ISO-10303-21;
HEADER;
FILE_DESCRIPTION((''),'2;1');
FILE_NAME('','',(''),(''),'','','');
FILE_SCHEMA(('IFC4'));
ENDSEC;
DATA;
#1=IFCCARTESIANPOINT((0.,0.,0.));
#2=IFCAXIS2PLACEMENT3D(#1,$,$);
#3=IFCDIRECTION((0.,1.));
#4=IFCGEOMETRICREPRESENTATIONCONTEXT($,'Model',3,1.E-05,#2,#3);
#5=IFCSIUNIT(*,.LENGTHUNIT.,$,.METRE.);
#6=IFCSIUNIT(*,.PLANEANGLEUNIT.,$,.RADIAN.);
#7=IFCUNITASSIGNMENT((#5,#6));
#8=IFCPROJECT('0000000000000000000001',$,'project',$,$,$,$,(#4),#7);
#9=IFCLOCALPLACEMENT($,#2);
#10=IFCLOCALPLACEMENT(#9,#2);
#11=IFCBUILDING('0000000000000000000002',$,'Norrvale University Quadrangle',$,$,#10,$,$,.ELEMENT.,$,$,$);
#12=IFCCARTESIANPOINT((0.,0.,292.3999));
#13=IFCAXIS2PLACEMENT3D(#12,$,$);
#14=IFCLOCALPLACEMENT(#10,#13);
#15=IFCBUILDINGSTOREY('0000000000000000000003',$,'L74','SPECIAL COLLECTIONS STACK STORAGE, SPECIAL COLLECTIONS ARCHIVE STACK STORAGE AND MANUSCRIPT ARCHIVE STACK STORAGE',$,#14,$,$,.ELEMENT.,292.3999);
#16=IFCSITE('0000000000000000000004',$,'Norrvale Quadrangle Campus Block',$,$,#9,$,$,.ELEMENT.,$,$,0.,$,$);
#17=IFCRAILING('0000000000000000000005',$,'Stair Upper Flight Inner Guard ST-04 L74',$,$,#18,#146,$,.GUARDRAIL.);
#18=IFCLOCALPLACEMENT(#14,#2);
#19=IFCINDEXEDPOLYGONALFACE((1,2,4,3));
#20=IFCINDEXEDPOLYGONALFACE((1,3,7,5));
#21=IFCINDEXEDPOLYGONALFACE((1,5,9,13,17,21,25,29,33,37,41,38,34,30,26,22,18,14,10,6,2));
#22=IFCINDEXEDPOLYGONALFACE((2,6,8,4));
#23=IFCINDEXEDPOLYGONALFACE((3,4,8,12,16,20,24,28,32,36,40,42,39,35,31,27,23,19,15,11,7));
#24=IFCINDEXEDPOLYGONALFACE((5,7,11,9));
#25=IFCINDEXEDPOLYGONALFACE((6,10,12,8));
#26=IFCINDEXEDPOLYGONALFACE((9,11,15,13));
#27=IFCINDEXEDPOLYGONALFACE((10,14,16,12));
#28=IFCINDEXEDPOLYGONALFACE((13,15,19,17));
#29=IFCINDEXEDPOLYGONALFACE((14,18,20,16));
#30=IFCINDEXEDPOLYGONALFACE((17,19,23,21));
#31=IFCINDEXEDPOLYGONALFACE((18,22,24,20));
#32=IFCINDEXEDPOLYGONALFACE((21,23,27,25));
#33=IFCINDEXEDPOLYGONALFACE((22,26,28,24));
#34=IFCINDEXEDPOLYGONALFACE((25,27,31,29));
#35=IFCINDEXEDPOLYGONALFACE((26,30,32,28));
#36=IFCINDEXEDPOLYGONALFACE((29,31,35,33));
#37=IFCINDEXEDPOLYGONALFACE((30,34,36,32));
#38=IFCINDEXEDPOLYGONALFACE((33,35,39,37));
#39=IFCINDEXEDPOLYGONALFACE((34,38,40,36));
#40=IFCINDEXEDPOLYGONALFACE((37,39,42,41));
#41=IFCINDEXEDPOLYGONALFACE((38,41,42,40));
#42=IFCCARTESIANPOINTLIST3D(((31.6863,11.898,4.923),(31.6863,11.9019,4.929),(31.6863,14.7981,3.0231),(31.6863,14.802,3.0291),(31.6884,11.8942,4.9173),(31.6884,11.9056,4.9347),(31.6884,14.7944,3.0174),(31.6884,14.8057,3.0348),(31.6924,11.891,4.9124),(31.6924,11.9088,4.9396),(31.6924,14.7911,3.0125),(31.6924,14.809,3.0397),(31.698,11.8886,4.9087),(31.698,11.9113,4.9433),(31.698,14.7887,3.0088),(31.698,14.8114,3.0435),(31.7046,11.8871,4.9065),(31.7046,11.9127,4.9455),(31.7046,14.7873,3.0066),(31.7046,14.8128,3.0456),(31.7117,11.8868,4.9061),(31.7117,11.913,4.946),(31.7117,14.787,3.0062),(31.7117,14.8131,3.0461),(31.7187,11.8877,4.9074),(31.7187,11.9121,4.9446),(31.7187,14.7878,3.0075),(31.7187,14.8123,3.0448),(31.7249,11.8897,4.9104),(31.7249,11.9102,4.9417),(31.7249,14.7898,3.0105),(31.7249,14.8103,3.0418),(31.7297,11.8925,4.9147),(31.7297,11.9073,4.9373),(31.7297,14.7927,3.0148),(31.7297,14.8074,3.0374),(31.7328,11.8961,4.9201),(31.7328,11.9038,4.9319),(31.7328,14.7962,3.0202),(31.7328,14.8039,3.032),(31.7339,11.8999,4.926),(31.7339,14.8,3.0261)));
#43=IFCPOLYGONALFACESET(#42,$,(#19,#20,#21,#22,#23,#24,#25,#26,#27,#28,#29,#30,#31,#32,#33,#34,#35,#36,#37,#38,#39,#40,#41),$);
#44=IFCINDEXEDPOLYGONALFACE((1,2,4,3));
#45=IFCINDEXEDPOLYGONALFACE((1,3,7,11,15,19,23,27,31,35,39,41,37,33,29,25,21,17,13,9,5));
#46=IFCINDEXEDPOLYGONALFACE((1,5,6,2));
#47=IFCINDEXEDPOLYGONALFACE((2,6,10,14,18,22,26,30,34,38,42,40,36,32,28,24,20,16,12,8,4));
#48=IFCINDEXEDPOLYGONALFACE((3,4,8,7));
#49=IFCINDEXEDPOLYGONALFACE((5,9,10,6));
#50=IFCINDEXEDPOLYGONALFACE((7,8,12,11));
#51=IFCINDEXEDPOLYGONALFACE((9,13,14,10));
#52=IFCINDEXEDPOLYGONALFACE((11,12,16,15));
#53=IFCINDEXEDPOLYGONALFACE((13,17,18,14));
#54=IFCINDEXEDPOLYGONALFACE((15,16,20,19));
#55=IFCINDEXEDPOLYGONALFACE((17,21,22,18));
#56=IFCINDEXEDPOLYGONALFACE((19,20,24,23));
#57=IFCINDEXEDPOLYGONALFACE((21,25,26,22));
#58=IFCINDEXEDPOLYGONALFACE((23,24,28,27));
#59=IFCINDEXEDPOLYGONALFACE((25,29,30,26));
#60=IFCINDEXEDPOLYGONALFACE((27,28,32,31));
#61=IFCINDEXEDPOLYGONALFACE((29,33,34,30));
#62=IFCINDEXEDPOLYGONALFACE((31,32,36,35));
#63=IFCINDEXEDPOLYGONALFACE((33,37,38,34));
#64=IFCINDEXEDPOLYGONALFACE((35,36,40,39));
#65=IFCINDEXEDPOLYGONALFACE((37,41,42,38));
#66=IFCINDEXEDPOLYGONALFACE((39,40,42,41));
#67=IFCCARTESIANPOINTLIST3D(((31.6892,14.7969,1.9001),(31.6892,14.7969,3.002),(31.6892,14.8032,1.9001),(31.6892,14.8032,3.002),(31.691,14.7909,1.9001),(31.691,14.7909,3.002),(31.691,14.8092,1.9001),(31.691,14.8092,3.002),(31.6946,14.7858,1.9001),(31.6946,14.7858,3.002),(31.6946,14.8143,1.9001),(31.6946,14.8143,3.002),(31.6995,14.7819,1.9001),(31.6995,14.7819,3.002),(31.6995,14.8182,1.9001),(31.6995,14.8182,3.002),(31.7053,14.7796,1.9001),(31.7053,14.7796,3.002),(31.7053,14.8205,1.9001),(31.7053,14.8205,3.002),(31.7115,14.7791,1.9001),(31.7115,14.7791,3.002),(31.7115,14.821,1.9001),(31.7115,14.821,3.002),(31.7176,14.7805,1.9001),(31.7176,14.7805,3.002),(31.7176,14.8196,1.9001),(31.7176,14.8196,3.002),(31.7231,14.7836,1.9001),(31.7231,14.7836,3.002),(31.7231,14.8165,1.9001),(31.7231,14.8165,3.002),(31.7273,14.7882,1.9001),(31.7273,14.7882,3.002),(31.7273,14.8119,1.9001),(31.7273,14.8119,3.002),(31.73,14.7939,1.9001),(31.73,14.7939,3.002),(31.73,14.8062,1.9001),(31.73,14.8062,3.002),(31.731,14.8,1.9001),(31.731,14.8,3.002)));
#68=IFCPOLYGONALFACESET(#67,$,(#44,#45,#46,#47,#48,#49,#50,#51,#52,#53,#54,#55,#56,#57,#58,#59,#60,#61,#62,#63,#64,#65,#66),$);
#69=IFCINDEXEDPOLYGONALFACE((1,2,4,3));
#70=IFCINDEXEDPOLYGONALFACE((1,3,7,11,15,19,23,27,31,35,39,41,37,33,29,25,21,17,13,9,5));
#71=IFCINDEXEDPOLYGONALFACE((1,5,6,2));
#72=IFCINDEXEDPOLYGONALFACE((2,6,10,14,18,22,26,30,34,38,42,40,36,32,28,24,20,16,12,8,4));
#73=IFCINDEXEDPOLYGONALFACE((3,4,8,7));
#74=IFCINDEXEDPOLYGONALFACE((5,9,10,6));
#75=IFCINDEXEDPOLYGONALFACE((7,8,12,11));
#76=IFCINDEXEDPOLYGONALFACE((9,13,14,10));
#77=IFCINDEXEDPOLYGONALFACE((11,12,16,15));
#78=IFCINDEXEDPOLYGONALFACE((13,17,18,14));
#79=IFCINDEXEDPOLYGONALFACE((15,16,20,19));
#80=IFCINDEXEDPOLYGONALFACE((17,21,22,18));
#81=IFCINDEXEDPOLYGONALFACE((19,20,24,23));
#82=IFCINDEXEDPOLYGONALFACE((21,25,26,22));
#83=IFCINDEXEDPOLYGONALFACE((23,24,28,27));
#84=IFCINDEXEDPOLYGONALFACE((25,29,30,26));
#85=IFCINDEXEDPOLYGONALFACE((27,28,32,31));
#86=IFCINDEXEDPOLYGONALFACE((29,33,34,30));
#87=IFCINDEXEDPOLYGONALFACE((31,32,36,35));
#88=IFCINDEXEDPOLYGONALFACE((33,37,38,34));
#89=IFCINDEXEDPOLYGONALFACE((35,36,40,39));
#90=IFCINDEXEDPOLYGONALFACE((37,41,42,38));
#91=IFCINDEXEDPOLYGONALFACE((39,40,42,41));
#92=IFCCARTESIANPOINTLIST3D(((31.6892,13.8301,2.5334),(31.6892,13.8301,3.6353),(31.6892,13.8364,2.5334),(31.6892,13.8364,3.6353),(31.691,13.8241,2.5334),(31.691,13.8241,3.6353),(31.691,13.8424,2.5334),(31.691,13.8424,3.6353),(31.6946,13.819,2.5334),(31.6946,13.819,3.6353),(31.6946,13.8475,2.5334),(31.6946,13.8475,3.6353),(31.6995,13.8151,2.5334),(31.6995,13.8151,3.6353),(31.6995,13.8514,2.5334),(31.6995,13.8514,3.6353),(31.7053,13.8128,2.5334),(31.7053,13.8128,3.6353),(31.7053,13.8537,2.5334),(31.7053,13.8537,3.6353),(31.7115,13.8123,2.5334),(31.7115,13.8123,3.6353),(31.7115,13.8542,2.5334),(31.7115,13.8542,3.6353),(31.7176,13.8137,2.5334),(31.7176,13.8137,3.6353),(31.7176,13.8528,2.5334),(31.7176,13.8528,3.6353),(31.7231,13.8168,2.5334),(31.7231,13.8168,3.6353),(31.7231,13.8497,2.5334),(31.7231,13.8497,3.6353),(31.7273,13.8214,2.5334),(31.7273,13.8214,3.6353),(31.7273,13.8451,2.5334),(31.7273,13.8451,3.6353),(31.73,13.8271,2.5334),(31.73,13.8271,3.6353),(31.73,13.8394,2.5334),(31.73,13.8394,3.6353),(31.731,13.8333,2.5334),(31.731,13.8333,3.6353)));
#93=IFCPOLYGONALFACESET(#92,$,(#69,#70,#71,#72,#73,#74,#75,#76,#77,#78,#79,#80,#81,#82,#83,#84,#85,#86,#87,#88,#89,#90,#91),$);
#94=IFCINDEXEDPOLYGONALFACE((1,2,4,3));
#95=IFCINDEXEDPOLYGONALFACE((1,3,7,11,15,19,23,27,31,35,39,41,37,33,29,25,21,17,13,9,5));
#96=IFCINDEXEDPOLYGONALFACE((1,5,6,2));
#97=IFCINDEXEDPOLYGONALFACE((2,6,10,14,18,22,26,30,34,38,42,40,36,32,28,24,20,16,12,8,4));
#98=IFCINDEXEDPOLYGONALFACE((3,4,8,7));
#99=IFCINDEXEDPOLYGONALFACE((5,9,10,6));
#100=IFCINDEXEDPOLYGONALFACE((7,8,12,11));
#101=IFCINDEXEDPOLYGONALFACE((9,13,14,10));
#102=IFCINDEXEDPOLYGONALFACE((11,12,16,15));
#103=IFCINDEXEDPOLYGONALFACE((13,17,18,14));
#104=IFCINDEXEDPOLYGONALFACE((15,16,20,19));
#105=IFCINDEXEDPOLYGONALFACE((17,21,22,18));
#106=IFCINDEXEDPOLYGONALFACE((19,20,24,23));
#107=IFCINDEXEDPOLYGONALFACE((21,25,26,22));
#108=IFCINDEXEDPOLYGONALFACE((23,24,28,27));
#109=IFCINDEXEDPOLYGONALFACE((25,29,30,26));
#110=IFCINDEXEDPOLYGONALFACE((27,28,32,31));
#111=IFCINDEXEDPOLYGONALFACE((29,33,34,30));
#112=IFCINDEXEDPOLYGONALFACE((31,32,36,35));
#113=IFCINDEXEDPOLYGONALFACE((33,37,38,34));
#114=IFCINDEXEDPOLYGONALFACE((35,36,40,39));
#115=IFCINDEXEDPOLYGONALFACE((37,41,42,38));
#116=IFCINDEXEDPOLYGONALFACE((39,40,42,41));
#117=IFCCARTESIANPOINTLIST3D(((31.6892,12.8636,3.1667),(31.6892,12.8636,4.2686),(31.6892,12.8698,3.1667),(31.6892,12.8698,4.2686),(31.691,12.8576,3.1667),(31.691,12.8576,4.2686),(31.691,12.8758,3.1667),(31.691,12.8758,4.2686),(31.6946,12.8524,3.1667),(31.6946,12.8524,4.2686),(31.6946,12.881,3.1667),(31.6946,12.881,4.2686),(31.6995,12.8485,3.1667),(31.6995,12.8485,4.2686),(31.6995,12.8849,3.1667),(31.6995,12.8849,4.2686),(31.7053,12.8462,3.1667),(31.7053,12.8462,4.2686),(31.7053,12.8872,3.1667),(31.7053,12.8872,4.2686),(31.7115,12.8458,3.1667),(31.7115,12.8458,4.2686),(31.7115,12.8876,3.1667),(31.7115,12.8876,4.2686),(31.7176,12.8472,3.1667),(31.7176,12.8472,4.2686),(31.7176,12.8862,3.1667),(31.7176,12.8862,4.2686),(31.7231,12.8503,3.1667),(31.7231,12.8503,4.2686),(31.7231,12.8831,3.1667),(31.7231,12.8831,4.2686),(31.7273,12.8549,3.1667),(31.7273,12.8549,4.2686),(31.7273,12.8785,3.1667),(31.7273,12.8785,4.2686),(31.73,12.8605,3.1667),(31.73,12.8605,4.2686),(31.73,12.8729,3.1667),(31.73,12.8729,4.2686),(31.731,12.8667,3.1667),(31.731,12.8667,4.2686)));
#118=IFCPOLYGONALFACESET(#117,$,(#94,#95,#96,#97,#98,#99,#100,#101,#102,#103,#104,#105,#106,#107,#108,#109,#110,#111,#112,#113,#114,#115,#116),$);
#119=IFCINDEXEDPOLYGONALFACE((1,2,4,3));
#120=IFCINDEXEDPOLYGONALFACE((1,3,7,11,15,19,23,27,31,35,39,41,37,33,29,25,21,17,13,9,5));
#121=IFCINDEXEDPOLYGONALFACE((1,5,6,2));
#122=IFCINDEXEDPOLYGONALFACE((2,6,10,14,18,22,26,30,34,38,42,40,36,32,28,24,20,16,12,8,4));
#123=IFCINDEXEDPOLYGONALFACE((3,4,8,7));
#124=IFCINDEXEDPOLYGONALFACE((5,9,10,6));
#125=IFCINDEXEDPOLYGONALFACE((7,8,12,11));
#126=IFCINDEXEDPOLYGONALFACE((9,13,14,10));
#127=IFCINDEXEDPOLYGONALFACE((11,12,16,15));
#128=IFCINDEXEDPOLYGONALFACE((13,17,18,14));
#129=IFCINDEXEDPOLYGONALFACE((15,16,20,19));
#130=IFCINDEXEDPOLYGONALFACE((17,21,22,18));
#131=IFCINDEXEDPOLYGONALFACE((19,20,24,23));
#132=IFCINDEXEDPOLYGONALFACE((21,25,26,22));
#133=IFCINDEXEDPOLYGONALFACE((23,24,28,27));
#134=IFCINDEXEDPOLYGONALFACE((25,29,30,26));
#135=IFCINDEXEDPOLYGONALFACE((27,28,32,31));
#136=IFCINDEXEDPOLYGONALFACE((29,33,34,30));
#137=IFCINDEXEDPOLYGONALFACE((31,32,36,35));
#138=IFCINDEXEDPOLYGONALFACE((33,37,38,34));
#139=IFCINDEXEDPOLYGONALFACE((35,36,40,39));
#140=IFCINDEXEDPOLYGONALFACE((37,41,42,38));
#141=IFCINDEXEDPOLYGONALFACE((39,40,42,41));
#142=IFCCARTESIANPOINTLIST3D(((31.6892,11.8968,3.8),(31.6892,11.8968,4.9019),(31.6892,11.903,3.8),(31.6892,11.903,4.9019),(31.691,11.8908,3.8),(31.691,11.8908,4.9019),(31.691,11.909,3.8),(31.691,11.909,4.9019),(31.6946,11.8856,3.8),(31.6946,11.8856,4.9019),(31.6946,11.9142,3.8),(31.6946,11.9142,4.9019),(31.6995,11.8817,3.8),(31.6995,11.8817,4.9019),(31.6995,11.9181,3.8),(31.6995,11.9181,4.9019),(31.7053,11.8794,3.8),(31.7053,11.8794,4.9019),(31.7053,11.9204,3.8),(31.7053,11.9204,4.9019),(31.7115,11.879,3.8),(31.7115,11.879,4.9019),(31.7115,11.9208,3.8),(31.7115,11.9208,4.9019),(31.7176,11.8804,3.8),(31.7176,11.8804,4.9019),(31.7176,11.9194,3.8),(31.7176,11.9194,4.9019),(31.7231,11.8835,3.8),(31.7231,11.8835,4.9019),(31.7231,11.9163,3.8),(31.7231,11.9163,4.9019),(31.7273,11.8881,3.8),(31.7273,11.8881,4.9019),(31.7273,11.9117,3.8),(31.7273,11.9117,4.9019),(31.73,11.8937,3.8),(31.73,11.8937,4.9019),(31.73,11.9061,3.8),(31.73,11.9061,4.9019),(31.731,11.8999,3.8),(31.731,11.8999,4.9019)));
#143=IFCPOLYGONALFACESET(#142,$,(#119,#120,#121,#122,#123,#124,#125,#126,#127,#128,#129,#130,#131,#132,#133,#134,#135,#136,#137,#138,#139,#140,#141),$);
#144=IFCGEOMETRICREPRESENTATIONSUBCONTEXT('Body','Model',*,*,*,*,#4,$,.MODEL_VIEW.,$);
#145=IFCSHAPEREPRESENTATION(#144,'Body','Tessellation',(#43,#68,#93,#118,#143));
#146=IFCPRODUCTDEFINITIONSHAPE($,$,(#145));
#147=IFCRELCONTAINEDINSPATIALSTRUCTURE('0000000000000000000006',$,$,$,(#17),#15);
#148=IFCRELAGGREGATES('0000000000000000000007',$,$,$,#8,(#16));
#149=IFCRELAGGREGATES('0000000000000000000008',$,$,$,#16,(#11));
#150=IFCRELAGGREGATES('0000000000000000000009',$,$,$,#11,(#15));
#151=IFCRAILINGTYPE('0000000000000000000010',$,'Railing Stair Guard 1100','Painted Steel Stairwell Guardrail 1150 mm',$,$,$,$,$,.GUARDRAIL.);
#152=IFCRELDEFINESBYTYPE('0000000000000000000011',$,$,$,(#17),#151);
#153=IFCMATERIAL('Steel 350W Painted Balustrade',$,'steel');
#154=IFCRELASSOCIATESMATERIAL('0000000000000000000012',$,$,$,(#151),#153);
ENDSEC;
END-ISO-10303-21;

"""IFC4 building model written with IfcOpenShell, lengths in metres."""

from ifc_helpers import new_model, si_unit, direction, frame, origin, origin_2d, place, context, subcontext, project, spatial, circle, extrude, material, type_object, element, save


model = new_model("IFC4")

# Units and contexts
model_context = context("Model", 3, precision=1e-05, world=origin(), true_north=direction((0.0, 1.0)))
body_context = subcontext(model_context, "Body", "Model", "MODEL_VIEW")
ifc_project = project(units=[si_unit("LENGTHUNIT", "METRE"), si_unit("PLANEANGLEUNIT", "RADIAN")], contexts=[model_context])

# Site, building, storey
site_placement = place(None, origin())
site = spatial("IfcSite", under=ifc_project, at=site_placement, Name="Norrvale Quadrangle Campus Block", CompositionType="ELEMENT", RefElevation=0.0)
building_placement = place(site_placement, origin())
building = spatial("IfcBuilding", under=site, at=building_placement, Name="Norrvale University Quadrangle", CompositionType="ELEMENT")
storey_placement = place(building_placement, frame((0.0, 0.0, 292.3999)))
storey = spatial("IfcBuildingStorey", under=building, at=storey_placement, Name="L74", Description="SPECIAL COLLECTIONS STACK STORAGE, SPECIAL COLLECTIONS ARCHIVE STACK STORAGE AND MANUSCRIPT ARCHIVE STACK STORAGE", CompositionType="ELEMENT", Elevation=292.3999)

# Railing
ifc_material_1 = material(Name="Steel 350W Painted Balustrade", Category="steel")
railing_type_1 = type_object("IfcRailingType", Name="Railing Stair Guard 1100", Description="Painted Steel Stairwell Guardrail 1150 mm", PredefinedType="GUARDRAIL", material=ifc_material_1)
railing_1_placement = place(storey_placement, frame((31.71, 14.8, 1.9001)))
element("IfcRailing", 1, at=railing_1_placement, inside=storey, type_object=railing_type_1, Name="Stair Upper Flight Inner Guard ST-04 L74", PredefinedType="GUARDRAIL", context=body_context, shape_type="SweptSolid", body=[
    extrude(circle(Radius=0.0239, at=origin_2d()), frame((0.0, 0.0, 1.126), z_axis=(0.0, -0.836487, 0.547987), x_axis=(1.0, 0.0, 0.0)), (0.0, 0.0, 1.0), 3.467),
    extrude(circle(Radius=0.021, at=origin_2d()), origin(), (0.0, 0.0, 1.0), 1.1018),
    extrude(circle(Radius=0.021, at=origin_2d()), frame((0.0, -0.9668, 0.6333)), (0.0, 0.0, 1.0), 1.1018),
    extrude(circle(Radius=0.021, at=origin_2d()), frame((0.0, -1.9333, 1.2666)), (0.0, 0.0, 1.0), 1.1018),
    extrude(circle(Radius=0.021, at=origin_2d()), frame((0.0, -2.9001, 1.8999)), (0.0, 0.0, 1.0), 1.1018),
])

save(model, "model.ifc")
